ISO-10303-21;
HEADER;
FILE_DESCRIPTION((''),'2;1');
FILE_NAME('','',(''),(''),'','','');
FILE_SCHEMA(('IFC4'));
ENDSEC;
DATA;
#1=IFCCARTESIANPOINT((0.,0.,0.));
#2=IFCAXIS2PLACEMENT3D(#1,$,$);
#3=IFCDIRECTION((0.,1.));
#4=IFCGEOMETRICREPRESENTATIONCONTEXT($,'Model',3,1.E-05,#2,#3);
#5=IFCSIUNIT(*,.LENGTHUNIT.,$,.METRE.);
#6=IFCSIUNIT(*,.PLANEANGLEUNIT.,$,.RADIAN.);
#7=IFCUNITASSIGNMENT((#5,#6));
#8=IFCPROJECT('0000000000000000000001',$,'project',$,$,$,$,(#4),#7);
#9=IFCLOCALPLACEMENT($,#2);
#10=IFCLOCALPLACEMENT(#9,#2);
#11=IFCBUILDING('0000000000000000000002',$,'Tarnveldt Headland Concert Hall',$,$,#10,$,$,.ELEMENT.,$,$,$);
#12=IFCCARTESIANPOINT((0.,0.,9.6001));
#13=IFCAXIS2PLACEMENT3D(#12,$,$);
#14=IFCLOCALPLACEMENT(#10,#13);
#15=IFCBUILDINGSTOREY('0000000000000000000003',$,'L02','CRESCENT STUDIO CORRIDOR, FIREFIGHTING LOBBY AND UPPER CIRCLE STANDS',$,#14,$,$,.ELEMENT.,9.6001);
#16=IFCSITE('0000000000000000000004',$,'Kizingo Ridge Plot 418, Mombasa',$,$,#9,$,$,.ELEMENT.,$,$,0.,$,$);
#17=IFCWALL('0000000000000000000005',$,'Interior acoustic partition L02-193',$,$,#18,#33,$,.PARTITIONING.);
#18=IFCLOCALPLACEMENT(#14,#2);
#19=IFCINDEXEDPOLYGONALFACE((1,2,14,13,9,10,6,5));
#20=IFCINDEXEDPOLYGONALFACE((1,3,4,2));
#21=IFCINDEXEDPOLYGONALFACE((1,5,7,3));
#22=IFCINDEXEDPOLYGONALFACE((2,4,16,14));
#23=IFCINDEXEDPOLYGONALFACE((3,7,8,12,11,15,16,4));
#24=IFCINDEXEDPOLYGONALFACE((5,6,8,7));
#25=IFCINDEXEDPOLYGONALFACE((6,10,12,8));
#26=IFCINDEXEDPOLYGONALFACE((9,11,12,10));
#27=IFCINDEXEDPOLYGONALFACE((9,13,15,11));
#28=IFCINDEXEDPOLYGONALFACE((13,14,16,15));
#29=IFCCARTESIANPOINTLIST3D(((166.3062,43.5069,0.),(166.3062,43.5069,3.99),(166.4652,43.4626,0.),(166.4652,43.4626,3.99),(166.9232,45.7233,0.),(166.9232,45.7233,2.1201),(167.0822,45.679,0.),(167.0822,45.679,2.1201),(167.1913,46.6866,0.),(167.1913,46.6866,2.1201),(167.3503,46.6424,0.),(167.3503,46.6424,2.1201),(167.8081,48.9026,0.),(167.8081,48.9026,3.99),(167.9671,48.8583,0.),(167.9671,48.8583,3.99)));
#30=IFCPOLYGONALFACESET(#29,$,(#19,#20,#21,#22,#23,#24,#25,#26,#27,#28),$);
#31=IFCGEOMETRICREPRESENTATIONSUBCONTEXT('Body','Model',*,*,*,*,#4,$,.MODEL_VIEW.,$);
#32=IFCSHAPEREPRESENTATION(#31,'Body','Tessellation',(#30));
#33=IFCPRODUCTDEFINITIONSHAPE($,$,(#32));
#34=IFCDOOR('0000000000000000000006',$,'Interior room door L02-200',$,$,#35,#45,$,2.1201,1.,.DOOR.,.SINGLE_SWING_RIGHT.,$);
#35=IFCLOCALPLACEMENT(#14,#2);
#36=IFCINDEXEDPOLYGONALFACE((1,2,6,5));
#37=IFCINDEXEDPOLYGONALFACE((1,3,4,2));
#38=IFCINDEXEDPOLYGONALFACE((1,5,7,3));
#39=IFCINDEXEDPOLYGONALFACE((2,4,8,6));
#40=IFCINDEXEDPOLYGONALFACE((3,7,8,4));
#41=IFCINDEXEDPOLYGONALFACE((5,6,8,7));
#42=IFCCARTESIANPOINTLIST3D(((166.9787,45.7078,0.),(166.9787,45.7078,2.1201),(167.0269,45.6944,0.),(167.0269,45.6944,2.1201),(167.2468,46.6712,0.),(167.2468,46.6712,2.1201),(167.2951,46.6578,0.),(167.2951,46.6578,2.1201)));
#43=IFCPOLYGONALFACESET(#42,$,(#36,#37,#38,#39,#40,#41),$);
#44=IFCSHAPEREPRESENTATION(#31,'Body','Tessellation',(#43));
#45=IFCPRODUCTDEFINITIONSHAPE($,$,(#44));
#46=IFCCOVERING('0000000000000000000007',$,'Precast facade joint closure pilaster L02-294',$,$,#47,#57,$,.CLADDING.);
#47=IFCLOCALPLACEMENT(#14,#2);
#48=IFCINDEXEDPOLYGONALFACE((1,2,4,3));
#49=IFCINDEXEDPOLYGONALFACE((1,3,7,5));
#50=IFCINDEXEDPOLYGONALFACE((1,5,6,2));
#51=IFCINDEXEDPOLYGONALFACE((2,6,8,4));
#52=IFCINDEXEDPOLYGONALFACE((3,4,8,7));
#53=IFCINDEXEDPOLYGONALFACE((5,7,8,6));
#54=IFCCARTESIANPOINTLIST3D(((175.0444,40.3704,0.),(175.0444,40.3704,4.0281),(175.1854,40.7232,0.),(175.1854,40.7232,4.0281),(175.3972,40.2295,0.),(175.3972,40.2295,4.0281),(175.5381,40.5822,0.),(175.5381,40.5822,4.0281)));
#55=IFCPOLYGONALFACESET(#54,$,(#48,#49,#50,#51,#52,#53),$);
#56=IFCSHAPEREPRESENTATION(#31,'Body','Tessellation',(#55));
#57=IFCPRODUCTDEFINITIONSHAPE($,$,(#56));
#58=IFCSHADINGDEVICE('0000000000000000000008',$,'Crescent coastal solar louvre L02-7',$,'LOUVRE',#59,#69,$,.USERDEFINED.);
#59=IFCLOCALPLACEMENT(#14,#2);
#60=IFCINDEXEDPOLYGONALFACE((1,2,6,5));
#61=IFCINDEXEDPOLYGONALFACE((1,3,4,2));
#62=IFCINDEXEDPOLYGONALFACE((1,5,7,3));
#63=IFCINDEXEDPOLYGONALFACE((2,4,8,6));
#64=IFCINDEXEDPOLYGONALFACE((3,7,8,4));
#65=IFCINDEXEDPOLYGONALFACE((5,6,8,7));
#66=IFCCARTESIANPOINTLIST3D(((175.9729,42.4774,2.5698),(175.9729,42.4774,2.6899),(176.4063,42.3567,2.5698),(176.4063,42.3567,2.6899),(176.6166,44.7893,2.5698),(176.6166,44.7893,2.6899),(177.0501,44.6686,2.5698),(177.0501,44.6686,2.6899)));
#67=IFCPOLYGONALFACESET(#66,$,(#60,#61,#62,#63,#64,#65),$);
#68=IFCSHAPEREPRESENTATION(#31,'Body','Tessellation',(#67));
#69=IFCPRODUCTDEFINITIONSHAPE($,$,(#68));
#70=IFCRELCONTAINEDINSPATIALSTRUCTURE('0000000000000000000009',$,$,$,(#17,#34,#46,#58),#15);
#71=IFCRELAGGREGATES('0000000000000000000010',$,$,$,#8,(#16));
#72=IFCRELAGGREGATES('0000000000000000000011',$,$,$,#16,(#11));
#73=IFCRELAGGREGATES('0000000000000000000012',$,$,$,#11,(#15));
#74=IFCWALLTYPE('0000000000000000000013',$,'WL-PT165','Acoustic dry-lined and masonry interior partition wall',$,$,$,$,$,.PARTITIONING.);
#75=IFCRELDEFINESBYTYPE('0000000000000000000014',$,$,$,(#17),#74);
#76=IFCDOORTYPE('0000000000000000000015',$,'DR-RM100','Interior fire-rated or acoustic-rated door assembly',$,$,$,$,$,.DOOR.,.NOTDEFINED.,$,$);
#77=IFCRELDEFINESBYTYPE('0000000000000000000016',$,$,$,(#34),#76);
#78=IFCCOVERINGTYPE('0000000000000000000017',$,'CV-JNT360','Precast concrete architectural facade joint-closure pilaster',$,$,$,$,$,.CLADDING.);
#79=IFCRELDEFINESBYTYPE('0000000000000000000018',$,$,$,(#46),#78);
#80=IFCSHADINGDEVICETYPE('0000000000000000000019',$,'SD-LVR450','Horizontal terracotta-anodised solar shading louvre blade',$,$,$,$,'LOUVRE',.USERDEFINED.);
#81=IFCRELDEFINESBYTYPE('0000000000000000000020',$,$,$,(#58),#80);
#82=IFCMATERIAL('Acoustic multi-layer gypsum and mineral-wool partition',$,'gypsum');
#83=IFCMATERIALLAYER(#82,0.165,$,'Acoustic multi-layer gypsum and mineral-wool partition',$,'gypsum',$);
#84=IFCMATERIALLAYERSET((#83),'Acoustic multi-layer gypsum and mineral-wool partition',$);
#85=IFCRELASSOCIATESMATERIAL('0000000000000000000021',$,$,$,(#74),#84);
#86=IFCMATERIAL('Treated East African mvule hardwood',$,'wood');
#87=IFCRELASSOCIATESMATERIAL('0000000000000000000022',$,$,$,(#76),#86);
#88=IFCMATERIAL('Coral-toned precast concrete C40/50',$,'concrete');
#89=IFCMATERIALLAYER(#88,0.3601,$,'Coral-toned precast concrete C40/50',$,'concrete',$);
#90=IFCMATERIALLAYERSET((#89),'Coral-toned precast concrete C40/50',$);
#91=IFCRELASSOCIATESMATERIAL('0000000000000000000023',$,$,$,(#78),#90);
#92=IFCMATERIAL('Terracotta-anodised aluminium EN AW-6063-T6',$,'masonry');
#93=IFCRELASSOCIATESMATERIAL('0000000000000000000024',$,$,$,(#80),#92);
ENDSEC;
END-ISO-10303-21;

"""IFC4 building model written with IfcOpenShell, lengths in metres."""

from ifc_helpers import new_model, si_unit, direction, frame, frame_2d, origin, origin_2d, place, context, subcontext, project, spatial, rectangle, extrude, material, layer, layer_set, type_object, element, fill, save


model = new_model("IFC4")

# Units and contexts
model_context = context("Model", 3, precision=1e-05, world=origin(), true_north=direction((0.0, 1.0)))
body_context = subcontext(model_context, "Body", "Model", "MODEL_VIEW")
ifc_project = project(units=[si_unit("LENGTHUNIT", "METRE"), si_unit("PLANEANGLEUNIT", "RADIAN")], contexts=[model_context])

# Site, building, storey
site_placement = place(None, origin())
site = spatial("IfcSite", under=ifc_project, at=site_placement, Name="Kizingo Ridge Plot 418, Mombasa", CompositionType="ELEMENT", RefElevation=0.0)
building_placement = place(site_placement, origin())
building = spatial("IfcBuilding", under=site, at=building_placement, Name="Tarnveldt Headland Concert Hall", CompositionType="ELEMENT")
storey_placement = place(building_placement, frame((0.0, 0.0, 9.6001)))
storey = spatial("IfcBuildingStorey", under=building, at=storey_placement, Name="L02", Description="CRESCENT STUDIO CORRIDOR, FIREFIGHTING LOBBY AND UPPER CIRCLE STANDS", CompositionType="ELEMENT", Elevation=9.6001)

# Shared definitions
ifc_material_1 = material(Name="Coral-toned precast concrete C40/50", Category="concrete")

# Wall, opening, door
ifc_material_2 = material(Name="Acoustic multi-layer gypsum and mineral-wool partition", Category="gypsum")
ifc_layer_1 = layer(ifc_material_2, 0.165, Name="Acoustic multi-layer gypsum and mineral-wool partition", Category="gypsum")
ifc_layer_set_1 = layer_set([ifc_layer_1], Name="Acoustic multi-layer gypsum and mineral-wool partition")
wall_type_1 = type_object("IfcWallType", Name="WL-PT165", Description="Acoustic dry-lined and masonry interior partition wall", PredefinedType="PARTITIONING", material=ifc_layer_set_1)
ifc_material_3 = material(Name="Treated East African mvule hardwood", Category="wood")
wall_1_placement = place(storey_placement, frame((166.3857, 43.4849, 0.0), z_axis=(0.0, 0.0, 1.0), x_axis=(0.268163, 0.963374, 0.0)))
wall_1 = element("IfcWall", 1, at=wall_1_placement, inside=storey, type_object=wall_type_1, Name="Interior acoustic partition L02-193", PredefinedType="PARTITIONING", context=body_context, shape_type="SweptSolid", body=[
    extrude(rectangle(XDim=5.6008, YDim=0.165, at=frame_2d((2.8003, 0.0))), origin(), (0.0, 0.0, 1.0), 3.99),
])
opening_1_placement = place(wall_1_placement, frame((2.3005, 0.0, 0.0)))
opening_1 = element("IfcOpeningElement", 2, at=opening_1_placement, cuts=wall_1, PredefinedType="OPENING", context=body_context, shape_type="SweptSolid", body=[
    extrude(rectangle(XDim=1.0, YDim=2.1201, at=frame_2d((0.5, 1.0601))), frame((0.0, 0.0925, 0.0), z_axis=(0.0, -1.0, 0.0), x_axis=(1.0, 0.0, 0.0)), (0.0, 0.0, 1.0), 0.1851),
])
door_type_1 = type_object("IfcDoorType", Name="DR-RM100", Description="Interior fire-rated or acoustic-rated door assembly", OperationType="NOTDEFINED", PredefinedType="DOOR", material=ifc_material_3)
door_1_placement = place(opening_1_placement, origin())
door_1 = element("IfcDoor", 3, at=door_1_placement, inside=storey, type_object=door_type_1, Name="Interior room door L02-200", OperationType="SINGLE_SWING_RIGHT", OverallHeight=2.1201, OverallWidth=1.0, PredefinedType="DOOR", context=body_context, shape_type="SweptSolid", body=[
    extrude(rectangle(XDim=1.0, YDim=2.1201, at=frame_2d((0.5, 1.0601))), frame((0.0, 0.0249, 0.0), z_axis=(0.0, -1.0, 0.0), x_axis=(1.0, 0.0, 0.0)), (0.0, 0.0, 1.0), 0.05),
])
fill(opening_1, door_1)

# Covering
ifc_layer_2 = layer(ifc_material_1, 0.3601, Name="Coral-toned precast concrete C40/50", Category="concrete")
ifc_layer_set_2 = layer_set([ifc_layer_2], Name="Coral-toned precast concrete C40/50")
covering_type = type_object("IfcCoveringType", Name="CV-JNT360", Description="Precast concrete architectural facade joint-closure pilaster", PredefinedType="CLADDING", material=ifc_layer_set_2)
covering_placement = place(storey_placement, frame((175.2913, 40.4763, 0.0), z_axis=(0.0, 0.0, 1.0), x_axis=(-0.371044, -0.928615, 0.0)))
element("IfcCovering", 4, at=covering_placement, inside=storey, type_object=covering_type, Name="Precast facade joint closure pilaster L02-294", PredefinedType="CLADDING", context=body_context, shape_type="SweptSolid", body=[
    extrude(rectangle(XDim=0.3799, YDim=0.3799, at=origin_2d()), origin(), (0.0, 0.0, 1.0), 4.0281),
])

# Shading device
ifc_material_4 = material(Name="Terracotta-anodised aluminium EN AW-6063-T6", Category="masonry")
shading_device_type = type_object("IfcShadingDeviceType", Name="SD-LVR450", Description="Horizontal terracotta-anodised solar shading louvre blade", ElementType="LOUVRE", PredefinedType="USERDEFINED", material=ifc_material_4)
shading_device_placement = place(storey_placement, frame((176.5115, 43.573, 2.5698), z_axis=(0.0, 0.0, 1.0), x_axis=(0.96335, -0.268247, 0.0)))
element("IfcShadingDevice", 5, at=shading_device_placement, inside=storey, type_object=shading_device_type, Name="Crescent coastal solar louvre L02-7", ObjectType="LOUVRE", PredefinedType="USERDEFINED", context=body_context, shape_type="SweptSolid", body=[
    extrude(rectangle(XDim=0.45, YDim=2.3999, at=origin_2d()), origin(), (0.0, 0.0, 1.0), 0.1201),
])

save(model, "model.ifc")
